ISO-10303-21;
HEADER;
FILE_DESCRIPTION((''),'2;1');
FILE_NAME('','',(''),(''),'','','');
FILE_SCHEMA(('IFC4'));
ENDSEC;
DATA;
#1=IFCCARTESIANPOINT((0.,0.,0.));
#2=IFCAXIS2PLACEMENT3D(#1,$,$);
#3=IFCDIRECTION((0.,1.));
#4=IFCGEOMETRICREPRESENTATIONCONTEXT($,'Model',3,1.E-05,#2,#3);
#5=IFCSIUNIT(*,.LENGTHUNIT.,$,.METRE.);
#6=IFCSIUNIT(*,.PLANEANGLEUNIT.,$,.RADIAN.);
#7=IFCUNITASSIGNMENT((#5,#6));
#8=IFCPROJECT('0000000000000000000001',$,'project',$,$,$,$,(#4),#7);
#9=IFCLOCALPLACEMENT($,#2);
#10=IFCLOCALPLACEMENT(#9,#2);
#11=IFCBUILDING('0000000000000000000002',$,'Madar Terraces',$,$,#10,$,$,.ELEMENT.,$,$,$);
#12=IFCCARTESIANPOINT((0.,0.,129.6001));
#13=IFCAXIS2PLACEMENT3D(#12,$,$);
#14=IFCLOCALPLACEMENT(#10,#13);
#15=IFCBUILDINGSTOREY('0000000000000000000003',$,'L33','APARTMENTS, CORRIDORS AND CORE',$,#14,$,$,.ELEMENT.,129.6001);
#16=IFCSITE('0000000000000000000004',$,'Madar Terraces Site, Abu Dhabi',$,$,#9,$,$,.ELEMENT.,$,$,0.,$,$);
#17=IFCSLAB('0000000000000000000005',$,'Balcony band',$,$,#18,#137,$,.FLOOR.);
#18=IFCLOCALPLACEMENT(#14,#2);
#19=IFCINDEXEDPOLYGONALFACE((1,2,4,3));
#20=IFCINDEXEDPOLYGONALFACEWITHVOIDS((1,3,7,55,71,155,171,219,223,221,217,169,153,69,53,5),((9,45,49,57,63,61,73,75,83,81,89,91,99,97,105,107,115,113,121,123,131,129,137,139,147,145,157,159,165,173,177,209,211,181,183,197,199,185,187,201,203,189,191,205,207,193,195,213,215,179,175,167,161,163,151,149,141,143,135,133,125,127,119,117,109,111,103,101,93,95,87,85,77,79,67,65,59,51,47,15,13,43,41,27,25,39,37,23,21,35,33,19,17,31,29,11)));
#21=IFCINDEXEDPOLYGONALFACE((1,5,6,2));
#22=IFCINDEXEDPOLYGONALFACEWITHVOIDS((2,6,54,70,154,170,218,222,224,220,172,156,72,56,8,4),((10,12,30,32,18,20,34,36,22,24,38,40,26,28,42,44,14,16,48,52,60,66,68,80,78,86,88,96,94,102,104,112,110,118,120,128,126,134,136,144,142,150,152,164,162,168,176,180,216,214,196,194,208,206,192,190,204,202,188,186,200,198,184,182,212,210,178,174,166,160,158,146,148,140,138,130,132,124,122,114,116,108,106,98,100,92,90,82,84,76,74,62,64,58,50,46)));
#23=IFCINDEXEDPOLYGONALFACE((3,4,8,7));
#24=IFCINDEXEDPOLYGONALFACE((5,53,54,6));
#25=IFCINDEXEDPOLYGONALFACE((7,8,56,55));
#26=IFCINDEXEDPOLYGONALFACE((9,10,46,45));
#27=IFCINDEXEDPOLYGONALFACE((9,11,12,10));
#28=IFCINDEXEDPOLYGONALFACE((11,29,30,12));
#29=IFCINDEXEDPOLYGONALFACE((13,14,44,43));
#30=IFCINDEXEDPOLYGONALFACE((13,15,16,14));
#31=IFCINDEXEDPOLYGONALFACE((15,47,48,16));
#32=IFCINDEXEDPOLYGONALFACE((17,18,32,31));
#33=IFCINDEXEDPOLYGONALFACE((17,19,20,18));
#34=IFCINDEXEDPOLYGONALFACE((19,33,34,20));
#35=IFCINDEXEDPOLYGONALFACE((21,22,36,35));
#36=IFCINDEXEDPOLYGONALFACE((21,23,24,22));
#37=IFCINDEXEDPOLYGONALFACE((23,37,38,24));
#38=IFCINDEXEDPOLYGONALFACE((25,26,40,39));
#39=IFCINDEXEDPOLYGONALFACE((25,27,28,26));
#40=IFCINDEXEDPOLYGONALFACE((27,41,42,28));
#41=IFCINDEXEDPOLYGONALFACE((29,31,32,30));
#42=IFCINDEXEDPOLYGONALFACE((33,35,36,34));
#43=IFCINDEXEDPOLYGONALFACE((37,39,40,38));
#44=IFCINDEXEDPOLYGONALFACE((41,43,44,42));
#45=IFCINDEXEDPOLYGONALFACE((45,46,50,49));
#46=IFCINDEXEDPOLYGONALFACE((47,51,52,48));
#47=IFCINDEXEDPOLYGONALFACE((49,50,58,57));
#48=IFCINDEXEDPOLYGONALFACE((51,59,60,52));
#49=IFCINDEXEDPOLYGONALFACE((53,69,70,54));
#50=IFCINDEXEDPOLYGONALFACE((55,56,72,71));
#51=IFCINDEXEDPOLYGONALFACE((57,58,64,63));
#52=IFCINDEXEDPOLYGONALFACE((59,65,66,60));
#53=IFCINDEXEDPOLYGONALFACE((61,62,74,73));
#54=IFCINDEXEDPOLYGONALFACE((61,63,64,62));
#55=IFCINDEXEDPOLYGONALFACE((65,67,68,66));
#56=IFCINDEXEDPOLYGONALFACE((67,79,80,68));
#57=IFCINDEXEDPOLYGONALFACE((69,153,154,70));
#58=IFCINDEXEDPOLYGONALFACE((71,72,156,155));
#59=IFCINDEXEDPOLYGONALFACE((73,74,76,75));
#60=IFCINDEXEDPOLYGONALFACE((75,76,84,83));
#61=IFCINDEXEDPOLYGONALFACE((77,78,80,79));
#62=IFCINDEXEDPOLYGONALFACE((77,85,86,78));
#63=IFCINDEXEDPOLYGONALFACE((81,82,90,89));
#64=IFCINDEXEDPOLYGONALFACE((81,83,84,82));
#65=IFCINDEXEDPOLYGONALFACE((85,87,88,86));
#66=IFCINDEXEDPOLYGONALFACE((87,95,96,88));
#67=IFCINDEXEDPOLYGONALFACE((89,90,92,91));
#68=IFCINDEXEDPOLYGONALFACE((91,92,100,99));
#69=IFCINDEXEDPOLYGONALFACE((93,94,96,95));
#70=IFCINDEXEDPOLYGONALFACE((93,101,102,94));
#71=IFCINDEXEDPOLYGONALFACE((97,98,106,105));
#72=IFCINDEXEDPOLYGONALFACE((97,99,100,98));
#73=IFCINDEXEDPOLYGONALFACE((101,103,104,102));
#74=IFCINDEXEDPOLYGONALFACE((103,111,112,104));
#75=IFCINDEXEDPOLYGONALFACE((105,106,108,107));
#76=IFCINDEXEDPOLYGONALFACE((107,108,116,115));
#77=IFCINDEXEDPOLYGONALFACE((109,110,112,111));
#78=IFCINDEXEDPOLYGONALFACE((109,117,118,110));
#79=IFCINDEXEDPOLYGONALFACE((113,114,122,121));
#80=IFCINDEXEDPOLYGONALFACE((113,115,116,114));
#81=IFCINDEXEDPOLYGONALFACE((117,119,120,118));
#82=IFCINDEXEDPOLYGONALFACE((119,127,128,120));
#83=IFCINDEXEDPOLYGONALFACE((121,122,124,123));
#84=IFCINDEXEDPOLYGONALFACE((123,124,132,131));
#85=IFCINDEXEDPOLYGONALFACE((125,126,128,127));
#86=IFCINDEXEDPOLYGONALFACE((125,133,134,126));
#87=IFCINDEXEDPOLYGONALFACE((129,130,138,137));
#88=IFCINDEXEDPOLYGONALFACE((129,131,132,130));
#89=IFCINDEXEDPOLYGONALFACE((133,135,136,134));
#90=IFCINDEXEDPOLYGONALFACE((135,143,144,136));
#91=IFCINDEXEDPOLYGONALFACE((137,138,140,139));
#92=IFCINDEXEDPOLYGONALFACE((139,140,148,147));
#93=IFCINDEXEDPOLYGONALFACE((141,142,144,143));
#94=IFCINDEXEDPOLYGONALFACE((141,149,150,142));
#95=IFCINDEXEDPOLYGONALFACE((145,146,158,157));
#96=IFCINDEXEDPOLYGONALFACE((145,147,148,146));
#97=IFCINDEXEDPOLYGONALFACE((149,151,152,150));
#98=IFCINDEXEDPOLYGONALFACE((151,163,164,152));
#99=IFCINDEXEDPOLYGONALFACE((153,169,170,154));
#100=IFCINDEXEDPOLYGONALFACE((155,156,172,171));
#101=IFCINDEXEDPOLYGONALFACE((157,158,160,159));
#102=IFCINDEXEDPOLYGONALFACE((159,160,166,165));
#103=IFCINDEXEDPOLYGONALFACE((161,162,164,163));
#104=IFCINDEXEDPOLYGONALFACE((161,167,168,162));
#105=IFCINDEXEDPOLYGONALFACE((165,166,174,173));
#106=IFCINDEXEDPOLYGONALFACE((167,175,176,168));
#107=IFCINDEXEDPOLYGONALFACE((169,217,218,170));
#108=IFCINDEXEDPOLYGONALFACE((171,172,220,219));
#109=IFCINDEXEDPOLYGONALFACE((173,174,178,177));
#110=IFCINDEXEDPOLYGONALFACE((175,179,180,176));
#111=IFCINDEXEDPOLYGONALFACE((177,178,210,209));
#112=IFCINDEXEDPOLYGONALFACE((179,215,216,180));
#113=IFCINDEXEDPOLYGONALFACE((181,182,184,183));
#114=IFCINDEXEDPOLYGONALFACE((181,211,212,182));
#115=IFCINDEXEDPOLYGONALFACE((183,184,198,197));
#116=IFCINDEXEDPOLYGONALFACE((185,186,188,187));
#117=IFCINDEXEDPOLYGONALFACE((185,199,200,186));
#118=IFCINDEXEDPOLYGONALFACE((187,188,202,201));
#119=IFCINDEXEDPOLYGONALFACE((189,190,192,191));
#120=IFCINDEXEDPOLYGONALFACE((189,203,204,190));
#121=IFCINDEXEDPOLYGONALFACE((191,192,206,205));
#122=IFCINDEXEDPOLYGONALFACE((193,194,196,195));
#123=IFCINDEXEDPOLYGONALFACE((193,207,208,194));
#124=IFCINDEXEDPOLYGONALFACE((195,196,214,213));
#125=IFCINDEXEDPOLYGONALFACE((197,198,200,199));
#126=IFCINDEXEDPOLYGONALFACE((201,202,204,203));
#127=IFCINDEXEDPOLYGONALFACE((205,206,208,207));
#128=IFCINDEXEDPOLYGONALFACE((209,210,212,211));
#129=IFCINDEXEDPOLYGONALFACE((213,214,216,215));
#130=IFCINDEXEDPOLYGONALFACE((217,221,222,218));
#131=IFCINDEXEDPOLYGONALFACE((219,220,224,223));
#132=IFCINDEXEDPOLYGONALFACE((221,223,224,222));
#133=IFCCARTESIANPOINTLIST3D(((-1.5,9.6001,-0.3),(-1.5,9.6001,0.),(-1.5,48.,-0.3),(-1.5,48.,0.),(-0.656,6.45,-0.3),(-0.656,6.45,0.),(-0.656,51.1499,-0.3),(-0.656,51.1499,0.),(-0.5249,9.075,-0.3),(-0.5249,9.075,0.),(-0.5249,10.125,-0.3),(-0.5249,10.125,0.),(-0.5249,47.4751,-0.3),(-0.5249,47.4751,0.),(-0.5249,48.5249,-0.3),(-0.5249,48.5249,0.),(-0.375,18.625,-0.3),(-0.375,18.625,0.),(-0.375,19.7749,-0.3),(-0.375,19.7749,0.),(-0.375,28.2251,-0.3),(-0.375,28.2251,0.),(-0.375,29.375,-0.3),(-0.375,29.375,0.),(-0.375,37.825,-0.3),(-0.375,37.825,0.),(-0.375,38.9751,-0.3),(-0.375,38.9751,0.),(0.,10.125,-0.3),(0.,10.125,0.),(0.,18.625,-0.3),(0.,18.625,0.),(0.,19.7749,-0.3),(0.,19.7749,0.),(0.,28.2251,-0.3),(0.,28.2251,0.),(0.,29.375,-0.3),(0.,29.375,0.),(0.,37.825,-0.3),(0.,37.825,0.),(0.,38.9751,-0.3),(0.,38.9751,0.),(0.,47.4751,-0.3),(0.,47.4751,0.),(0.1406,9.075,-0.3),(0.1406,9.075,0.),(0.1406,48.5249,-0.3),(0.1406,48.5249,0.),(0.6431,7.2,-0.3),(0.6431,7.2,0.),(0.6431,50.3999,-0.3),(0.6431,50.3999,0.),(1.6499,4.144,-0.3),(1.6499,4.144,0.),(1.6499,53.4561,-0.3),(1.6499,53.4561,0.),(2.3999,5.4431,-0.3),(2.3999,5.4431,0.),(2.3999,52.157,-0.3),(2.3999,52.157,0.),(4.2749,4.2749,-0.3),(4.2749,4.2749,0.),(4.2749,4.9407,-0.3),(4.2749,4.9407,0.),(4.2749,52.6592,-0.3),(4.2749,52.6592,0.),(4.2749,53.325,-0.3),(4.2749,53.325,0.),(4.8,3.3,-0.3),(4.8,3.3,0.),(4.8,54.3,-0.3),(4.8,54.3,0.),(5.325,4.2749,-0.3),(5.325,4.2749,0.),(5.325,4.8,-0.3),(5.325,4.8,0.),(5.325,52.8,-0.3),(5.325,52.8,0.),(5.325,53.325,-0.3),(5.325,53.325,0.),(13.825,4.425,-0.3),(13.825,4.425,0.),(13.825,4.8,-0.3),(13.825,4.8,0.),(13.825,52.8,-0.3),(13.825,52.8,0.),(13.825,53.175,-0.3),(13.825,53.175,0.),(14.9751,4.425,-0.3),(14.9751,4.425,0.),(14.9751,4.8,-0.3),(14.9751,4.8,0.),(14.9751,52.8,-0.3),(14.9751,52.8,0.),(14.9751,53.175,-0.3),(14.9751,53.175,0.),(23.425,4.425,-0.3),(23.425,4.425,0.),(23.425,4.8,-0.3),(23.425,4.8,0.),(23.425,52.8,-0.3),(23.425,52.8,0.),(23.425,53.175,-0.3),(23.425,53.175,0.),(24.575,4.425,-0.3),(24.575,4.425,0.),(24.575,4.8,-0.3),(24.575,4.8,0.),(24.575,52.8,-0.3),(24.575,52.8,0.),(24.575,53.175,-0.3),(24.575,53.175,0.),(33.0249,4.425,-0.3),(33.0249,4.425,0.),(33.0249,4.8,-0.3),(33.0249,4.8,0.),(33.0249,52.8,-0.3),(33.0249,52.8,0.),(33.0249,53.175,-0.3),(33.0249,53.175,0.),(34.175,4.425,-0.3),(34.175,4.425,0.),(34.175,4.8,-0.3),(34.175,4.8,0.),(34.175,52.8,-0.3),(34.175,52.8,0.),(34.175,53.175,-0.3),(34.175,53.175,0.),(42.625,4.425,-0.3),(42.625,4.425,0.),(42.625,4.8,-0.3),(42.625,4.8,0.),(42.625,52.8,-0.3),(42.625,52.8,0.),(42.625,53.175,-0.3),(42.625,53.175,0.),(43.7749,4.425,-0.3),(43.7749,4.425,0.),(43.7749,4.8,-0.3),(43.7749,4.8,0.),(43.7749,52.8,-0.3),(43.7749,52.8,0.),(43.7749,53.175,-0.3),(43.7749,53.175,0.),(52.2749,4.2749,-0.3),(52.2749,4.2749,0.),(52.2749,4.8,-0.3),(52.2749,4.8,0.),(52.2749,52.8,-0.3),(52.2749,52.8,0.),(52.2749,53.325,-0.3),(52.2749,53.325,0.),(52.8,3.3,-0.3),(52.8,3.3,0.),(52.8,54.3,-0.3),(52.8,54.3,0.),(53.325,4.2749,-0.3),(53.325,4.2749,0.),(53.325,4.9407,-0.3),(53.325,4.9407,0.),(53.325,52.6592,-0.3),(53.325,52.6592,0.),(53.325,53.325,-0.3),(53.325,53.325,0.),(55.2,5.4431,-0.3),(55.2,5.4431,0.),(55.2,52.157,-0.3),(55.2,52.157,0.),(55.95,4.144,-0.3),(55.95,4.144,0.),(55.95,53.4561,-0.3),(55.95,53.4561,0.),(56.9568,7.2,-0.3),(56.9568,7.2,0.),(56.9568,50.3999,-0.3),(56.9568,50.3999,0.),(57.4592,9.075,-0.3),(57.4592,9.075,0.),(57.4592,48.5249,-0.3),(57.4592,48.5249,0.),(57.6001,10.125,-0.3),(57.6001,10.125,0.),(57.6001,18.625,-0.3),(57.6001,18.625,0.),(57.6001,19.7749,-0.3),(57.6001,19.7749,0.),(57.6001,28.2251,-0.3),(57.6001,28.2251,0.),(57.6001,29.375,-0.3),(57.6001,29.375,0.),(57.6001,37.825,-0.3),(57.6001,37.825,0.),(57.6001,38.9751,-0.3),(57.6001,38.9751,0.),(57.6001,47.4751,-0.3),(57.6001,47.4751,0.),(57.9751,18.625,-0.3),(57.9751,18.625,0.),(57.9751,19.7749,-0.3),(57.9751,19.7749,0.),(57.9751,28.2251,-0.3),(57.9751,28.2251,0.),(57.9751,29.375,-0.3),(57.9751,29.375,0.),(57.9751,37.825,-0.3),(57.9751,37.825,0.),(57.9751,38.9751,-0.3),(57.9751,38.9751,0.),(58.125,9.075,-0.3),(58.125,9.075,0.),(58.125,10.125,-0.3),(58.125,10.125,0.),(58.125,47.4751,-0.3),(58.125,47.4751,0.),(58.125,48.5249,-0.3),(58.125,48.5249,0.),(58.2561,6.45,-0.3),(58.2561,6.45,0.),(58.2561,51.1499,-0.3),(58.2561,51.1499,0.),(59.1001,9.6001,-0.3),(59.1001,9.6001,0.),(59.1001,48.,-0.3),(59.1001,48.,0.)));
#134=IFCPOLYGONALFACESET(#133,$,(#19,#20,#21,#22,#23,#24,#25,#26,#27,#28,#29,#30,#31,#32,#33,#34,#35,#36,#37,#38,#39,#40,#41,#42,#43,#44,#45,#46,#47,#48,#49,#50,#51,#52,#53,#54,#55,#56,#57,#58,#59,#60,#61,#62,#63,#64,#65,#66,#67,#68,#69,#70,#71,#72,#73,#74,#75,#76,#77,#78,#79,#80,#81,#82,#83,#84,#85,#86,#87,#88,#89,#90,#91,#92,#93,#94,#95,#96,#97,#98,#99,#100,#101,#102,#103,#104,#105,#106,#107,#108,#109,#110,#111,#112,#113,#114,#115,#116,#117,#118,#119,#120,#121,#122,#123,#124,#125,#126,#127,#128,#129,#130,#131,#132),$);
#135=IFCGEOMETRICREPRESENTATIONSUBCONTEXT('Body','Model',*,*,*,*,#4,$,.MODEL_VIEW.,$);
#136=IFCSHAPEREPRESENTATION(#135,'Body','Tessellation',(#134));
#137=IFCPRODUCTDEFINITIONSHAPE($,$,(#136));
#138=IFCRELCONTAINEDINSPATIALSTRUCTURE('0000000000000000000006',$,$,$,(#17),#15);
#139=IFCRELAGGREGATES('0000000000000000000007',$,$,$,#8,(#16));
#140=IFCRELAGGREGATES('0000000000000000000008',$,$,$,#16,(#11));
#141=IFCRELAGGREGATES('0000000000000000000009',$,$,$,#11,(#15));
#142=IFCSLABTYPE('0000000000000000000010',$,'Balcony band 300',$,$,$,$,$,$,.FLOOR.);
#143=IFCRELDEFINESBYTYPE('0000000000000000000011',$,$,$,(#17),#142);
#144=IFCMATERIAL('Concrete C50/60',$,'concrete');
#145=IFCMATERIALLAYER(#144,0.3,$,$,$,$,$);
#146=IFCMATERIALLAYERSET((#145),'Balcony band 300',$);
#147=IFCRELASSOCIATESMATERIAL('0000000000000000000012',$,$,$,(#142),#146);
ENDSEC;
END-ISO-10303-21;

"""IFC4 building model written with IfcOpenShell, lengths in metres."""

from ifc_helpers import new_model, si_unit, direction, frame, origin, place, context, subcontext, project, spatial, polyline, outline, extrude, material, layer, layer_set, type_object, element, save


model = new_model("IFC4")

# Units and contexts
model_context = context("Model", 3, precision=1e-05, world=origin(), true_north=direction((0.0, 1.0)))
body_context = subcontext(model_context, "Body", "Model", "MODEL_VIEW")
ifc_project = project(units=[si_unit("LENGTHUNIT", "METRE"), si_unit("PLANEANGLEUNIT", "RADIAN")], contexts=[model_context])

# Site, building, storey
site_placement = place(None, origin())
site = spatial("IfcSite", under=ifc_project, at=site_placement, Name="Madar Terraces Site, Abu Dhabi", CompositionType="ELEMENT", RefElevation=0.0)
building_placement = place(site_placement, origin())
building = spatial("IfcBuilding", under=site, at=building_placement, Name="Madar Terraces", CompositionType="ELEMENT")
storey_placement = place(building_placement, frame((0.0, 0.0, 129.6001)))
storey = spatial("IfcBuildingStorey", under=building, at=storey_placement, Name="L33", Description="APARTMENTS, CORRIDORS AND CORE", CompositionType="ELEMENT", Elevation=129.6001)

# Slab
ifc_material_1 = material(Name="Concrete C50/60", Category="concrete")
ifc_layer_1 = layer(ifc_material_1, 0.3)
ifc_layer_set_1 = layer_set([ifc_layer_1], Name="Balcony band 300")
slab_type_1 = type_object("IfcSlabType", Name="Balcony band 300", PredefinedType="FLOOR", material=ifc_layer_set_1)
slab_1_placement = place(storey_placement, frame((0.0, 0.0, -0.3)))
element("IfcSlab", 1, at=slab_1_placement, inside=storey, type_object=slab_type_1, Name="Balcony band", PredefinedType="FLOOR", context=body_context, shape_type="SweptSolid", body=[
    extrude(outline(polyline([(4.8, 3.3), (1.6499, 4.144), (-0.656, 6.45), (-1.5, 9.6001), (-1.5, 48.0), (-0.656, 51.1499), (1.6499, 53.4561), (4.8, 54.3), (52.8, 54.3), (55.95, 53.4561), (58.2561, 51.1499), (59.1001, 48.0), (59.1001, 9.6001), (58.2561, 6.45), (55.95, 4.144), (52.8, 3.3), (4.8, 3.3)]), holes=[polyline([(5.325, 4.2749), (5.325, 4.8), (13.825, 4.8), (13.825, 4.425), (14.9751, 4.425), (14.9751, 4.8), (23.425, 4.8), (23.425, 4.425), (24.575, 4.425), (24.575, 4.8), (33.0249, 4.8), (33.0249, 4.425), (34.175, 4.425), (34.175, 4.8), (42.625, 4.8), (42.625, 4.425), (43.7749, 4.425), (43.7749, 4.8), (52.2749, 4.8), (52.2749, 4.2749), (53.325, 4.2749), (53.325, 4.9407), (55.2, 5.4431), (56.9568, 7.2), (57.4592, 9.075), (58.125, 9.075), (58.125, 10.125), (57.6001, 10.125), (57.6001, 18.625), (57.9751, 18.625), (57.9751, 19.7749), (57.6001, 19.7749), (57.6001, 28.2251), (57.9751, 28.2251), (57.9751, 29.375), (57.6001, 29.375), (57.6001, 37.825), (57.9751, 37.825), (57.9751, 38.9751), (57.6001, 38.9751), (57.6001, 47.4751), (58.125, 47.4751), (58.125, 48.5249), (57.4592, 48.5249), (56.9568, 50.3999), (55.2, 52.157), (53.325, 52.6592), (53.325, 53.325), (52.2749, 53.325), (52.2749, 52.8), (43.7749, 52.8), (43.7749, 53.175), (42.625, 53.175), (42.625, 52.8), (34.175, 52.8), (34.175, 53.175), (33.0249, 53.175), (33.0249, 52.8), (24.575, 52.8), (24.575, 53.175), (23.425, 53.175), (23.425, 52.8), (14.9751, 52.8), (14.9751, 53.175), (13.825, 53.175), (13.825, 52.8), (5.325, 52.8), (5.325, 53.325), (4.2749, 53.325), (4.2749, 52.6592), (2.3999, 52.157), (0.6431, 50.3999), (0.1406, 48.5249), (-0.5249, 48.5249), (-0.5249, 47.4751), (0.0, 47.4751), (0.0, 38.9751), (-0.375, 38.9751), (-0.375, 37.825), (0.0, 37.825), (0.0, 29.375), (-0.375, 29.375), (-0.375, 28.2251), (0.0, 28.2251), (0.0, 19.7749), (-0.375, 19.7749), (-0.375, 18.625), (0.0, 18.625), (0.0, 10.125), (-0.5249, 10.125), (-0.5249, 9.075), (0.1406, 9.075), (0.6431, 7.2), (2.3999, 5.4431), (4.2749, 4.9407), (4.2749, 4.2749), (5.325, 4.2749)])]), origin(), (0.0, 0.0, 1.0), 0.3),
])

save(model, "model.ifc")
